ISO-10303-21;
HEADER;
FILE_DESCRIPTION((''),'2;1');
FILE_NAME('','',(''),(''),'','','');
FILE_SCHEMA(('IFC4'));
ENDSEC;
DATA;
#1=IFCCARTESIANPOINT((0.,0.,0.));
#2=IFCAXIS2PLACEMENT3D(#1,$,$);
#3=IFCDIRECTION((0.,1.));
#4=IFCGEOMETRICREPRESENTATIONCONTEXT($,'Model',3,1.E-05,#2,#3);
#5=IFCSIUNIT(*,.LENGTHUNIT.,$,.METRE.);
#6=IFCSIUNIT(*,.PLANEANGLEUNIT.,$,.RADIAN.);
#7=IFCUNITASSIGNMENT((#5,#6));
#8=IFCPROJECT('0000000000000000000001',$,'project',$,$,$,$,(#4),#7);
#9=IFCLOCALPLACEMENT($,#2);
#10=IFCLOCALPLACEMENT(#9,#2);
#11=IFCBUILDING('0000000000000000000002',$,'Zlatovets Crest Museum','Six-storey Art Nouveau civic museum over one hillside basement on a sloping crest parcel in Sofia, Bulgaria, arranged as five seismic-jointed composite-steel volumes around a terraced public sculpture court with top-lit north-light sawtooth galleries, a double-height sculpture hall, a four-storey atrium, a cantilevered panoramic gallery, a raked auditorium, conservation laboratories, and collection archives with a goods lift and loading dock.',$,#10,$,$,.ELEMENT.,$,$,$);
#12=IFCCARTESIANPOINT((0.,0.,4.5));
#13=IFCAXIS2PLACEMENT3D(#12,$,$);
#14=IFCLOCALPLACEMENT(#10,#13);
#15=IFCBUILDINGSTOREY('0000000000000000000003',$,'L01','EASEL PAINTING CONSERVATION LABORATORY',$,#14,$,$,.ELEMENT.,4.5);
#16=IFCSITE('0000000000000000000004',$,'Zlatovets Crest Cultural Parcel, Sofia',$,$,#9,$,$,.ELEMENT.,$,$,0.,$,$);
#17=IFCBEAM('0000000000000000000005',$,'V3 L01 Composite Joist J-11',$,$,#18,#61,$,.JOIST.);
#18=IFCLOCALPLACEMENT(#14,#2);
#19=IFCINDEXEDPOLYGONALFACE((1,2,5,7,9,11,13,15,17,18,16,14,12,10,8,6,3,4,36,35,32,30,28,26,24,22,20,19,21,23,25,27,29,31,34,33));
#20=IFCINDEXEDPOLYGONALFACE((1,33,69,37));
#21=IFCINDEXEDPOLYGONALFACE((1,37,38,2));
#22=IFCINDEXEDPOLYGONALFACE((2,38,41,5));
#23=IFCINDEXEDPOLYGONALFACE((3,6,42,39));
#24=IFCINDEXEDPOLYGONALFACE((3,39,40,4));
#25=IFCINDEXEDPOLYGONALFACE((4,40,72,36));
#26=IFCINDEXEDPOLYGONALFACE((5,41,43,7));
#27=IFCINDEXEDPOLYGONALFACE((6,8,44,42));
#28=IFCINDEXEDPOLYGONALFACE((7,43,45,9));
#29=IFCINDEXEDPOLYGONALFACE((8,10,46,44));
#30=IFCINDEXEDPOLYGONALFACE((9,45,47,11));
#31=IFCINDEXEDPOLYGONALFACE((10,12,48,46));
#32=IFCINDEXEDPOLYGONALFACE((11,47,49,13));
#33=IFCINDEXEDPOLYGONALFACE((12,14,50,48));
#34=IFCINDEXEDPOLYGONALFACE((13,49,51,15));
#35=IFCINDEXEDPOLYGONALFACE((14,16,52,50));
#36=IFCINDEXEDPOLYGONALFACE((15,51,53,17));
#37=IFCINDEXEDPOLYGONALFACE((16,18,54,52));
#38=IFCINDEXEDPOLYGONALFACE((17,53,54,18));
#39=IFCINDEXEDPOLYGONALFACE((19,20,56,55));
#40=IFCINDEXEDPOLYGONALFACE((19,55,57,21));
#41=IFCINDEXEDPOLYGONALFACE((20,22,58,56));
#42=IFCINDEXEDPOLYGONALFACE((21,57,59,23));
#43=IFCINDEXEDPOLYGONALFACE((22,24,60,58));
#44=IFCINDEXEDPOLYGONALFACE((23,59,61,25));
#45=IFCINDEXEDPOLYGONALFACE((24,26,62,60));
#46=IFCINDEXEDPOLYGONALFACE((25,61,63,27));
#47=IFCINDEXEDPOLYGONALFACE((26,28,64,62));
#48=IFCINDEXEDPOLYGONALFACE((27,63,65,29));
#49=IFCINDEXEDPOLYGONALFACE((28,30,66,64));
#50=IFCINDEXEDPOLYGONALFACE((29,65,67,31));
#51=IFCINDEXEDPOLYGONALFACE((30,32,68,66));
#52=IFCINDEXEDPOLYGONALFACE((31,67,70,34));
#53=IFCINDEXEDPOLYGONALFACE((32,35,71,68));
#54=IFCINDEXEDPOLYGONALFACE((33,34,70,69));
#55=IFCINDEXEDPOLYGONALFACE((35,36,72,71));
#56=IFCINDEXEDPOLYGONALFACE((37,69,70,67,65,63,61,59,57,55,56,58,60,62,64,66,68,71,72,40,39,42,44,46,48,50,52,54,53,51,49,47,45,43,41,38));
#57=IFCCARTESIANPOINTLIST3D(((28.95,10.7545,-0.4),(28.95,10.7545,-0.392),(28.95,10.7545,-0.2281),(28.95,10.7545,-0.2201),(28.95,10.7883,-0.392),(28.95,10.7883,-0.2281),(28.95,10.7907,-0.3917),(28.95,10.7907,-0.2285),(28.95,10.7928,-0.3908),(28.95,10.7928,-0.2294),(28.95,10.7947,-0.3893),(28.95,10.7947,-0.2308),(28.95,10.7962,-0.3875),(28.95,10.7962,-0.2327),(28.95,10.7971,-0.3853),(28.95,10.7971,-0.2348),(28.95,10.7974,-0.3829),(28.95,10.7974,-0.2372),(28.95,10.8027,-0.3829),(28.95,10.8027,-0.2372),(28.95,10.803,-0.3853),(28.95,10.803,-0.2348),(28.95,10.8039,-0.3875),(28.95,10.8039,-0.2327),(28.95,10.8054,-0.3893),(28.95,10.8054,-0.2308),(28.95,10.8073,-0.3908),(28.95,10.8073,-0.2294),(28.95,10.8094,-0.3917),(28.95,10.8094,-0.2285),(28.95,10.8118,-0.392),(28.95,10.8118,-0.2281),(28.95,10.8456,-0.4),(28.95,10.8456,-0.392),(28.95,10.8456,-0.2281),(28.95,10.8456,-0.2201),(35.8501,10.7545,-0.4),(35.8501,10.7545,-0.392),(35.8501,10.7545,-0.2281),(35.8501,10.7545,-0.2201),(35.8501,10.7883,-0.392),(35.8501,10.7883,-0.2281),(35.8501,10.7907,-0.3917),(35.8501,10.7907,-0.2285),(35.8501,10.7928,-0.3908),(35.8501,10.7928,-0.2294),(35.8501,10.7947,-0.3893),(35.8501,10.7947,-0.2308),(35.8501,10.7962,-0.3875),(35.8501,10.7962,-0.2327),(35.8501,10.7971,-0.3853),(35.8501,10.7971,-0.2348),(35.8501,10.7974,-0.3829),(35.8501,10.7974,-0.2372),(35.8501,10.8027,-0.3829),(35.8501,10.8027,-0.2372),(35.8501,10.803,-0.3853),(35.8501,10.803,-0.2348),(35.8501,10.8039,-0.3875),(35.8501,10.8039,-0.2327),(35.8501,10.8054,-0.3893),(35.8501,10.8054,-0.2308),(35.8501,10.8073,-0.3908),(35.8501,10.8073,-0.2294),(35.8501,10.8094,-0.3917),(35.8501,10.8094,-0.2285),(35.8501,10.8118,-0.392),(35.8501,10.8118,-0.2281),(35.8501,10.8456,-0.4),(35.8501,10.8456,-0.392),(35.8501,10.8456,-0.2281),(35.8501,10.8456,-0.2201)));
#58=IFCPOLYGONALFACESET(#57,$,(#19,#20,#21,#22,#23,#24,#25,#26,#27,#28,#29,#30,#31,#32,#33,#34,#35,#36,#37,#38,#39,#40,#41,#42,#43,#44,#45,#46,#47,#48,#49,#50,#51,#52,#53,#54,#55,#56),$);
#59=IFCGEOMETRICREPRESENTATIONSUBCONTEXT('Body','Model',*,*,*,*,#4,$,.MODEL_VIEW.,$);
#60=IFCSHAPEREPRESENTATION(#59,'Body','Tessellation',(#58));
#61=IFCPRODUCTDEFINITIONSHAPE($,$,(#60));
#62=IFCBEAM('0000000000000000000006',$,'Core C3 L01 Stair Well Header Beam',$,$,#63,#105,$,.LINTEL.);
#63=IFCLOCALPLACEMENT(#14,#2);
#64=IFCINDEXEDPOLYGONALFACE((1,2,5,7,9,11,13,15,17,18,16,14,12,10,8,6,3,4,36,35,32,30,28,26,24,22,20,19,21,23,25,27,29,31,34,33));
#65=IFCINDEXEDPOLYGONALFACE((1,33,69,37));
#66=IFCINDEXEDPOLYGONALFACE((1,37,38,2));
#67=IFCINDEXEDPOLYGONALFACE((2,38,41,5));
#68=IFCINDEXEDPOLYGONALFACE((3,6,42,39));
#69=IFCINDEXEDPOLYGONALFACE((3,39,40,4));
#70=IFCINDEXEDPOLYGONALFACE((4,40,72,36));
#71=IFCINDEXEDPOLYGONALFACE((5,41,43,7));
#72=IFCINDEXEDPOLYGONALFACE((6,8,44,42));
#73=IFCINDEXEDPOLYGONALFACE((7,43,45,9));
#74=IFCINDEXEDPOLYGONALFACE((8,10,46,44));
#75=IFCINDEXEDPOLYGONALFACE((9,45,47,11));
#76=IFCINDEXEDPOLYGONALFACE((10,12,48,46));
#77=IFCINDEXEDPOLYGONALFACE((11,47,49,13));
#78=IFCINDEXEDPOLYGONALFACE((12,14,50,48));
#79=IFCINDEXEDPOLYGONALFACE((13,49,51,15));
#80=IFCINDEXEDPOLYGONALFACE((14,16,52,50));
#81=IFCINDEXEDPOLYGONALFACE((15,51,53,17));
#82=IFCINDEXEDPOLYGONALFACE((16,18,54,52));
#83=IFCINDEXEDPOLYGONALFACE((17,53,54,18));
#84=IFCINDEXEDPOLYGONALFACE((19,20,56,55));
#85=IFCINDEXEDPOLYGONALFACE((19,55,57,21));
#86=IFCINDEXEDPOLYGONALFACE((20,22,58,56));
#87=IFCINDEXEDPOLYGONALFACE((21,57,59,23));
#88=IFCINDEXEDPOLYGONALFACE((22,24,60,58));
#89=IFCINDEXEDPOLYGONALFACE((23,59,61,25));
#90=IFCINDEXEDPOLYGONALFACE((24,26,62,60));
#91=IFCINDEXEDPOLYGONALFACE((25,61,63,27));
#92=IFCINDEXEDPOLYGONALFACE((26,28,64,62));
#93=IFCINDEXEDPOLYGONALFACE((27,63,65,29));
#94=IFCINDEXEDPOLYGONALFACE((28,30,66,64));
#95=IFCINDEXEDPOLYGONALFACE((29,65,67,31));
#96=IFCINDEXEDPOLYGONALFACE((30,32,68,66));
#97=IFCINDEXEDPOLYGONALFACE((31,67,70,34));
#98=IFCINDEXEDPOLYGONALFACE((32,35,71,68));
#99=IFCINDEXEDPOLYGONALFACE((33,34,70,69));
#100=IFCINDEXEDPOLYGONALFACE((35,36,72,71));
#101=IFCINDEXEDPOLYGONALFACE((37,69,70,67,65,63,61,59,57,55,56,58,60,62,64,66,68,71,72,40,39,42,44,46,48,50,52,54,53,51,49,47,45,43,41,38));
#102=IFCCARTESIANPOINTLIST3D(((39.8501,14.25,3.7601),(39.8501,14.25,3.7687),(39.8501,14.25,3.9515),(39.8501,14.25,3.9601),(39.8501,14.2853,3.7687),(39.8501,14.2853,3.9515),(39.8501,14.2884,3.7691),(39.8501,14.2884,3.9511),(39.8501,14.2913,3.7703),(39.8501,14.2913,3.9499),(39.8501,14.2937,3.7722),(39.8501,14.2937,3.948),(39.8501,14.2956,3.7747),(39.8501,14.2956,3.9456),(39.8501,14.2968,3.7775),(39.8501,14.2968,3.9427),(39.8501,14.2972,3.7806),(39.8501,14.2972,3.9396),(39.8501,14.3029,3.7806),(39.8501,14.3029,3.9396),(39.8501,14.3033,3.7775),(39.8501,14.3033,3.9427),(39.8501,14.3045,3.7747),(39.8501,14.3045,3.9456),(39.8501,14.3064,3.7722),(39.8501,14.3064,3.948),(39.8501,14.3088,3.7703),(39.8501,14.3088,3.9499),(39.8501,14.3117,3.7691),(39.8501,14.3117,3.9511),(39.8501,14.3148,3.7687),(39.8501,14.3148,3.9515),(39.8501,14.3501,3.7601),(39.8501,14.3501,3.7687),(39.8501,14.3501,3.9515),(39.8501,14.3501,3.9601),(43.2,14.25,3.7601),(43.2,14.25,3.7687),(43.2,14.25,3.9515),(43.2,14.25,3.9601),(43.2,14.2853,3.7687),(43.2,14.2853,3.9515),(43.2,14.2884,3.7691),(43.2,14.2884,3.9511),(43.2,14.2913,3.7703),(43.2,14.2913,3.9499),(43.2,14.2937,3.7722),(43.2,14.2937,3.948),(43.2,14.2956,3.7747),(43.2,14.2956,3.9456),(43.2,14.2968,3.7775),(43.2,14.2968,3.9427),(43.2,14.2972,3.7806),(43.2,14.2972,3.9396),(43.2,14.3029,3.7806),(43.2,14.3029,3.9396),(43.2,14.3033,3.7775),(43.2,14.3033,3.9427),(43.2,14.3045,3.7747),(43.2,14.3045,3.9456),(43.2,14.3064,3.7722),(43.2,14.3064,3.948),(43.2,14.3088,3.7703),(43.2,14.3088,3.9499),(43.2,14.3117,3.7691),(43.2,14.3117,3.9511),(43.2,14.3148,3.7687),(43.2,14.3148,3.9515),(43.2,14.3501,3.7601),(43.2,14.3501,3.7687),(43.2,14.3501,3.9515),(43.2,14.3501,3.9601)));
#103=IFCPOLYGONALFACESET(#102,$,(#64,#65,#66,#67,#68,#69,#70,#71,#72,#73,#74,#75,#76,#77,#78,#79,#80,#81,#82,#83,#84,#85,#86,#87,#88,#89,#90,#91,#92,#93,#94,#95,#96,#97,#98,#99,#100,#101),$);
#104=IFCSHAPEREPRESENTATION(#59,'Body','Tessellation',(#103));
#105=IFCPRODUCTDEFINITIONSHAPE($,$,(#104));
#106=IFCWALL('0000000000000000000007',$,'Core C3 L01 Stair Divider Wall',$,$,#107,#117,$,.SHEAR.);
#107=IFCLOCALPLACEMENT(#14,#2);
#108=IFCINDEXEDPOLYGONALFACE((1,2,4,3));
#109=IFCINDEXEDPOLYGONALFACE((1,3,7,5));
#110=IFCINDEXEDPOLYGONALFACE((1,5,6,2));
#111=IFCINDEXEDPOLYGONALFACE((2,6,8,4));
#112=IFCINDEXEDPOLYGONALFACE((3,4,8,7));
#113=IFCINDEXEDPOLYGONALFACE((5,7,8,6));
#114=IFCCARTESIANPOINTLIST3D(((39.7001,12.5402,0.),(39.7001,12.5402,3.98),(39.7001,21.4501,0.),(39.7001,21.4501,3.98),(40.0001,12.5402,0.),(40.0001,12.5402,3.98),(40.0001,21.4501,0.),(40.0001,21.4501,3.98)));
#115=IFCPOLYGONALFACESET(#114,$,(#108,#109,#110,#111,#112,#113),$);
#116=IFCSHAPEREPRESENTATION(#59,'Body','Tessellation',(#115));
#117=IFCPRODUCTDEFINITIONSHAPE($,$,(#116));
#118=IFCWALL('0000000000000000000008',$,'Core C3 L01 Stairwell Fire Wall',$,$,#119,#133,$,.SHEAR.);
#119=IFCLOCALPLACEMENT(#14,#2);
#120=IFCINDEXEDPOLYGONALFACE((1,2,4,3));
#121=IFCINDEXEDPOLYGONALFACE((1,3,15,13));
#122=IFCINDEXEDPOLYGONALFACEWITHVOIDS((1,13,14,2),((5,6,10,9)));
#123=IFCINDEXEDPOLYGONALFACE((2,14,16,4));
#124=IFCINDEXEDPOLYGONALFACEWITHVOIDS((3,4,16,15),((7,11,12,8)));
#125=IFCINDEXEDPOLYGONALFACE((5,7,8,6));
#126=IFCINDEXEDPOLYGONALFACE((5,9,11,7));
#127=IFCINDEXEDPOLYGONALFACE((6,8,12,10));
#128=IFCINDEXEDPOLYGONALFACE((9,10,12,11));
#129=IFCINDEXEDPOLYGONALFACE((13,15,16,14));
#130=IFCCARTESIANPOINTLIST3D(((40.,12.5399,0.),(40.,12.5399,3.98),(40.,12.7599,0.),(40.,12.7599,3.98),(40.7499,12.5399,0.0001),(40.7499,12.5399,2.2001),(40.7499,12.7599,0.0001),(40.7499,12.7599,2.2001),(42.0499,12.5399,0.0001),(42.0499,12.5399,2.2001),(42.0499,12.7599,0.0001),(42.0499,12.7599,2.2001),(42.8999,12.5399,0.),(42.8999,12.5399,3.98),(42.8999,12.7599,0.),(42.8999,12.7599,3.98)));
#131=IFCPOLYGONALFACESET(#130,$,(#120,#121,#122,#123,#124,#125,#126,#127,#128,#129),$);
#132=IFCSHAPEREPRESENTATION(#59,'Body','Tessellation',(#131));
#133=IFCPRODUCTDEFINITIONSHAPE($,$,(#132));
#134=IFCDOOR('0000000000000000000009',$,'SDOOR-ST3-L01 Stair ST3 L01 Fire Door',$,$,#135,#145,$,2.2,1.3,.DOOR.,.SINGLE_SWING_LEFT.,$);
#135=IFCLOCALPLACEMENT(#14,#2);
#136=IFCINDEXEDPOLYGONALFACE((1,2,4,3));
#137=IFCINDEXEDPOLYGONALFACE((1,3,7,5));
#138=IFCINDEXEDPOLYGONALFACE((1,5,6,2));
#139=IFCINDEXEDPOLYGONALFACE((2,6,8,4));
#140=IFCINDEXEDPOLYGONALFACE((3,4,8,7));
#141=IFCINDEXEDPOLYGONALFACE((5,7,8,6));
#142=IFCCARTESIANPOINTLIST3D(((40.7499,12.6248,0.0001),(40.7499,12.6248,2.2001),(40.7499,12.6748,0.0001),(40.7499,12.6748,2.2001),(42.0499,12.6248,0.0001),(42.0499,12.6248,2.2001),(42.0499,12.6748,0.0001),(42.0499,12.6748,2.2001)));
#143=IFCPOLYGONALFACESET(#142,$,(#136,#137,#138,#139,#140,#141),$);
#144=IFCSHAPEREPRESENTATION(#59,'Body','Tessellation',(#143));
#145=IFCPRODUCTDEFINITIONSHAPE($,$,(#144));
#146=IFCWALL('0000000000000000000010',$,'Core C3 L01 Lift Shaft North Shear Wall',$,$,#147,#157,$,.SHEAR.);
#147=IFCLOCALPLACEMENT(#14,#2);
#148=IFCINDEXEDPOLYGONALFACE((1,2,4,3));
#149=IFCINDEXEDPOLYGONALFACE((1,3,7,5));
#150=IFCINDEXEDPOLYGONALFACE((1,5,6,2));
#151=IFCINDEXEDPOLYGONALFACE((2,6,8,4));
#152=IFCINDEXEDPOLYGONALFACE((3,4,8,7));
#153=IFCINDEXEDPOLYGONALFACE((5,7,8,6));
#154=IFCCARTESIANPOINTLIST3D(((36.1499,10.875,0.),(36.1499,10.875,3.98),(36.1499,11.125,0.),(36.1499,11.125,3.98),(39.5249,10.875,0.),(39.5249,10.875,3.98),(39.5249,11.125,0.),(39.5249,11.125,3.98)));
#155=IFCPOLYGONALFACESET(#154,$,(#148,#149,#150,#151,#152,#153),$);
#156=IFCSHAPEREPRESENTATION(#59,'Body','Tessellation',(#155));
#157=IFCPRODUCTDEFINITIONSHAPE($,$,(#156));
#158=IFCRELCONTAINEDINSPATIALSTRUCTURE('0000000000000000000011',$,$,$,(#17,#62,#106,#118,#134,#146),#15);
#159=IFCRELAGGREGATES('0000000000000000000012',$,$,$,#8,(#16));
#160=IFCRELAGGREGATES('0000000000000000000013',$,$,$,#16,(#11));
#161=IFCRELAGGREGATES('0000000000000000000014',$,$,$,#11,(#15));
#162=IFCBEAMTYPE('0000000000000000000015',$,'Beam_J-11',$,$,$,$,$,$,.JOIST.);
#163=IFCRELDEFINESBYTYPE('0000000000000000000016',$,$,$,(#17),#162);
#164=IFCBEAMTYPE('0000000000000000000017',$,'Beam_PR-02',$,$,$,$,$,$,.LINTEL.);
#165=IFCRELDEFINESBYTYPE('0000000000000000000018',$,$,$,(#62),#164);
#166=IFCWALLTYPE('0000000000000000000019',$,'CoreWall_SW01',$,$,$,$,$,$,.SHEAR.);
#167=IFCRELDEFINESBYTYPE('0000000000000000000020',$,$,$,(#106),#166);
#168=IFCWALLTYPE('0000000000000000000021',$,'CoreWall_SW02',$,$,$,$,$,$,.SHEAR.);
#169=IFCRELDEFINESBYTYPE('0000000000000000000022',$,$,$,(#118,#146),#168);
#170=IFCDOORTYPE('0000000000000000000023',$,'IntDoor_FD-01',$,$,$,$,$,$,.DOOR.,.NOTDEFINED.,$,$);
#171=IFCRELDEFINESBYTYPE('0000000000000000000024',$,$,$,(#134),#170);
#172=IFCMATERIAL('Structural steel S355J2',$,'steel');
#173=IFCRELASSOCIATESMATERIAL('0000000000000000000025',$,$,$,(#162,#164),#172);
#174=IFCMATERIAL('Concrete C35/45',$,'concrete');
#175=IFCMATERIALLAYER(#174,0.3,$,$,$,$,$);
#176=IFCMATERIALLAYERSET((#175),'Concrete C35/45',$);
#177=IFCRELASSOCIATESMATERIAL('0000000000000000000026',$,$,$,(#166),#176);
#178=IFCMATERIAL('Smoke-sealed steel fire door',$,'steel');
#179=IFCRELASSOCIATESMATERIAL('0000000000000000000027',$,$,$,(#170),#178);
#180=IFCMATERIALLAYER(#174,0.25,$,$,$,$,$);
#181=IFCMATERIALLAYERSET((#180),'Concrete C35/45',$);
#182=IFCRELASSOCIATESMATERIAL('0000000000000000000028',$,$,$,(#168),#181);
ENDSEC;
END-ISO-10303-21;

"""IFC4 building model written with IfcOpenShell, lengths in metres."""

from ifc_helpers import new_model, si_unit, direction, frame, frame_2d, origin, origin_2d, place, context, subcontext, project, spatial, rectangle, i_section, extrude, material, layer, layer_set, material_profile, profile_set, type_object, element, fill, save


model = new_model("IFC4")

# Units and contexts
model_context = context("Model", 3, precision=1e-05, world=origin(), true_north=direction((0.0, 1.0)))
body_context = subcontext(model_context, "Body", "Model", "MODEL_VIEW")
ifc_project = project(units=[si_unit("LENGTHUNIT", "METRE"), si_unit("PLANEANGLEUNIT", "RADIAN")], contexts=[model_context])

# Site, building, storey
site_placement = place(None, origin())
site = spatial("IfcSite", under=ifc_project, at=site_placement, Name="Zlatovets Crest Cultural Parcel, Sofia", CompositionType="ELEMENT", RefElevation=0.0)
building_placement = place(site_placement, origin())
building = spatial("IfcBuilding", under=site, at=building_placement, Name="Zlatovets Crest Museum", Description="Six-storey Art Nouveau civic museum over one hillside basement on a sloping crest parcel in Sofia, Bulgaria, arranged as five seismic-jointed composite-steel volumes around a terraced public sculpture court with top-lit north-light sawtooth galleries, a double-height sculpture hall, a four-storey atrium, a cantilevered panoramic gallery, a raked auditorium, conservation laboratories, and collection archives with a goods lift and loading dock.", CompositionType="ELEMENT")
storey_placement = place(building_placement, frame((0.0, 0.0, 4.5)))
storey = spatial("IfcBuildingStorey", under=building, at=storey_placement, Name="L01", Description="EASEL PAINTING CONSERVATION LABORATORY", CompositionType="ELEMENT", Elevation=4.5)

# Shared definitions
ifc_material_1 = material(Name="Structural steel S355J2", Category="steel")

# Beams
ifc_material_profile_1 = material_profile(ifc_material_1, i_section(OverallWidth=0.0911, OverallDepth=0.1799, WebThickness=0.0054, FlangeThickness=0.0081, FilletRadius=0.009, at=origin_2d()), Name="IPE 180")
ifc_profile_set_1 = profile_set([ifc_material_profile_1], Name="Structural steel S355J2")
beam_type_1 = type_object("IfcBeamType", Name="Beam_J-11", PredefinedType="JOIST", material=ifc_profile_set_1)
beam_1_placement = place(storey_placement, frame((28.95, 10.8, -0.3101), z_axis=(1.0, 0.0, 0.0), x_axis=(0.0, 1.0, 0.0)))
element("IfcBeam", 1, at=beam_1_placement, inside=storey, type_object=beam_type_1, Name="V3 L01 Composite Joist J-11", PredefinedType="JOIST", context=body_context, shape_type="SweptSolid", body=[
    extrude(i_section(OverallWidth=0.0911, OverallDepth=0.1799, WebThickness=0.0054, FlangeThickness=0.0081, FilletRadius=0.009, at=origin_2d()), origin(), (0.0, 0.0, 1.0), 6.9001),
])
ifc_material_profile_2 = material_profile(ifc_material_1, i_section(OverallWidth=0.1001, OverallDepth=0.2, WebThickness=0.0056, FlangeThickness=0.0085, FilletRadius=0.012, at=origin_2d()), Name="IPE 200")
ifc_profile_set_2 = profile_set([ifc_material_profile_2], Name="Structural steel S355J2")
beam_type_2 = type_object("IfcBeamType", Name="Beam_PR-02", PredefinedType="LINTEL", material=ifc_profile_set_2)
beam_2_placement = place(storey_placement, frame((39.8501, 14.3, 3.8601), z_axis=(1.0, 0.0, 0.0), x_axis=(0.0, 1.0, 0.0)))
element("IfcBeam", 2, at=beam_2_placement, inside=storey, type_object=beam_type_2, Name="Core C3 L01 Stair Well Header Beam", PredefinedType="LINTEL", context=body_context, shape_type="SweptSolid", body=[
    extrude(i_section(OverallWidth=0.1001, OverallDepth=0.2, WebThickness=0.0056, FlangeThickness=0.0085, FilletRadius=0.012, at=origin_2d()), origin(), (0.0, 0.0, 1.0), 3.3499),
])

# Shared definitions
ifc_material_2 = material(Name="Concrete C35/45", Category="concrete")
ifc_layer_1 = layer(ifc_material_2, 0.3)
ifc_layer_set_1 = layer_set([ifc_layer_1], Name="Concrete C35/45")
wall_type_1 = type_object("IfcWallType", Name="CoreWall_SW01", PredefinedType="SHEAR", material=ifc_layer_set_1)
ifc_material_3 = material(Name="Smoke-sealed steel fire door", Category="steel")
door_type_1 = type_object("IfcDoorType", Name="IntDoor_FD-01", OperationType="NOTDEFINED", PredefinedType="DOOR", material=ifc_material_3)

# Wall
wall_1_placement = place(storey_placement, frame((39.8501, 12.54, 0.0), z_axis=(0.0, 0.0, 1.0), x_axis=(0.0, 1.0, 0.0)))
element("IfcWall", 3, at=wall_1_placement, inside=storey, type_object=wall_type_1, Name="Core C3 L01 Stair Divider Wall", PredefinedType="SHEAR", context=body_context, shape_type="SweptSolid", body=[
    extrude(rectangle(XDim=8.9099, YDim=0.3, at=frame_2d((4.4551, 0.0))), origin(), (0.0, 0.0, 1.0), 3.98),
])

# Wall, opening, door
ifc_layer_2 = layer(ifc_material_2, 0.25)
ifc_layer_set_2 = layer_set([ifc_layer_2], Name="Concrete C35/45")
wall_type_2 = type_object("IfcWallType", Name="CoreWall_SW02", PredefinedType="SHEAR", material=ifc_layer_set_2)
wall_2_placement = place(storey_placement, frame((40.0, 12.6499, 0.0), z_axis=(0.0, 0.0, 1.0), x_axis=(1.0, 0.0, 0.0)))
wall_2 = element("IfcWall", 4, at=wall_2_placement, inside=storey, type_object=wall_type_2, Name="Core C3 L01 Stairwell Fire Wall", PredefinedType="SHEAR", context=body_context, shape_type="SweptSolid", body=[
    extrude(rectangle(XDim=2.8999, YDim=0.22, at=frame_2d((1.45, 0.0))), origin(), (0.0, 0.0, 1.0), 3.98),
])
opening_1_placement = place(wall_2_placement, frame((0.75, 0.0, 0.0)))
opening_1 = element("IfcOpeningElement", 5, at=opening_1_placement, cuts=wall_2, PredefinedType="OPENING", context=body_context, shape_type="SweptSolid", body=[
    extrude(rectangle(XDim=1.3, YDim=2.2, at=frame_2d((0.6499, 1.1001))), frame((0.0, 0.1201, 0.0), z_axis=(0.0, -1.0, 0.0), x_axis=(1.0, 0.0, 0.0)), (0.0, 0.0, 1.0), 0.24),
])
door_1_placement = place(opening_1_placement, origin())
door_1 = element("IfcDoor", 6, at=door_1_placement, inside=storey, type_object=door_type_1, Name="SDOOR-ST3-L01 Stair ST3 L01 Fire Door", OperationType="SINGLE_SWING_LEFT", OverallHeight=2.2, OverallWidth=1.3, PredefinedType="DOOR", context=body_context, shape_type="SweptSolid", body=[
    extrude(rectangle(XDim=1.3, YDim=2.2, at=frame_2d((0.6499, 1.1001))), frame((0.0, 0.0249, 0.0), z_axis=(0.0, -1.0, 0.0), x_axis=(1.0, 0.0, 0.0)), (0.0, 0.0, 1.0), 0.05),
])
fill(opening_1, door_1)

# Wall
wall_3_placement = place(storey_placement, frame((36.1499, 11.0, 0.0), z_axis=(0.0, 0.0, 1.0), x_axis=(1.0, 0.0, 0.0)))
element("IfcWall", 7, at=wall_3_placement, inside=storey, type_object=wall_type_2, Name="Core C3 L01 Lift Shaft North Shear Wall", PredefinedType="SHEAR", context=body_context, shape_type="SweptSolid", body=[
    extrude(rectangle(XDim=3.375, YDim=0.25, at=frame_2d((1.6875, 0.0))), origin(), (0.0, 0.0, 1.0), 3.98),
])

save(model, "model.ifc")
